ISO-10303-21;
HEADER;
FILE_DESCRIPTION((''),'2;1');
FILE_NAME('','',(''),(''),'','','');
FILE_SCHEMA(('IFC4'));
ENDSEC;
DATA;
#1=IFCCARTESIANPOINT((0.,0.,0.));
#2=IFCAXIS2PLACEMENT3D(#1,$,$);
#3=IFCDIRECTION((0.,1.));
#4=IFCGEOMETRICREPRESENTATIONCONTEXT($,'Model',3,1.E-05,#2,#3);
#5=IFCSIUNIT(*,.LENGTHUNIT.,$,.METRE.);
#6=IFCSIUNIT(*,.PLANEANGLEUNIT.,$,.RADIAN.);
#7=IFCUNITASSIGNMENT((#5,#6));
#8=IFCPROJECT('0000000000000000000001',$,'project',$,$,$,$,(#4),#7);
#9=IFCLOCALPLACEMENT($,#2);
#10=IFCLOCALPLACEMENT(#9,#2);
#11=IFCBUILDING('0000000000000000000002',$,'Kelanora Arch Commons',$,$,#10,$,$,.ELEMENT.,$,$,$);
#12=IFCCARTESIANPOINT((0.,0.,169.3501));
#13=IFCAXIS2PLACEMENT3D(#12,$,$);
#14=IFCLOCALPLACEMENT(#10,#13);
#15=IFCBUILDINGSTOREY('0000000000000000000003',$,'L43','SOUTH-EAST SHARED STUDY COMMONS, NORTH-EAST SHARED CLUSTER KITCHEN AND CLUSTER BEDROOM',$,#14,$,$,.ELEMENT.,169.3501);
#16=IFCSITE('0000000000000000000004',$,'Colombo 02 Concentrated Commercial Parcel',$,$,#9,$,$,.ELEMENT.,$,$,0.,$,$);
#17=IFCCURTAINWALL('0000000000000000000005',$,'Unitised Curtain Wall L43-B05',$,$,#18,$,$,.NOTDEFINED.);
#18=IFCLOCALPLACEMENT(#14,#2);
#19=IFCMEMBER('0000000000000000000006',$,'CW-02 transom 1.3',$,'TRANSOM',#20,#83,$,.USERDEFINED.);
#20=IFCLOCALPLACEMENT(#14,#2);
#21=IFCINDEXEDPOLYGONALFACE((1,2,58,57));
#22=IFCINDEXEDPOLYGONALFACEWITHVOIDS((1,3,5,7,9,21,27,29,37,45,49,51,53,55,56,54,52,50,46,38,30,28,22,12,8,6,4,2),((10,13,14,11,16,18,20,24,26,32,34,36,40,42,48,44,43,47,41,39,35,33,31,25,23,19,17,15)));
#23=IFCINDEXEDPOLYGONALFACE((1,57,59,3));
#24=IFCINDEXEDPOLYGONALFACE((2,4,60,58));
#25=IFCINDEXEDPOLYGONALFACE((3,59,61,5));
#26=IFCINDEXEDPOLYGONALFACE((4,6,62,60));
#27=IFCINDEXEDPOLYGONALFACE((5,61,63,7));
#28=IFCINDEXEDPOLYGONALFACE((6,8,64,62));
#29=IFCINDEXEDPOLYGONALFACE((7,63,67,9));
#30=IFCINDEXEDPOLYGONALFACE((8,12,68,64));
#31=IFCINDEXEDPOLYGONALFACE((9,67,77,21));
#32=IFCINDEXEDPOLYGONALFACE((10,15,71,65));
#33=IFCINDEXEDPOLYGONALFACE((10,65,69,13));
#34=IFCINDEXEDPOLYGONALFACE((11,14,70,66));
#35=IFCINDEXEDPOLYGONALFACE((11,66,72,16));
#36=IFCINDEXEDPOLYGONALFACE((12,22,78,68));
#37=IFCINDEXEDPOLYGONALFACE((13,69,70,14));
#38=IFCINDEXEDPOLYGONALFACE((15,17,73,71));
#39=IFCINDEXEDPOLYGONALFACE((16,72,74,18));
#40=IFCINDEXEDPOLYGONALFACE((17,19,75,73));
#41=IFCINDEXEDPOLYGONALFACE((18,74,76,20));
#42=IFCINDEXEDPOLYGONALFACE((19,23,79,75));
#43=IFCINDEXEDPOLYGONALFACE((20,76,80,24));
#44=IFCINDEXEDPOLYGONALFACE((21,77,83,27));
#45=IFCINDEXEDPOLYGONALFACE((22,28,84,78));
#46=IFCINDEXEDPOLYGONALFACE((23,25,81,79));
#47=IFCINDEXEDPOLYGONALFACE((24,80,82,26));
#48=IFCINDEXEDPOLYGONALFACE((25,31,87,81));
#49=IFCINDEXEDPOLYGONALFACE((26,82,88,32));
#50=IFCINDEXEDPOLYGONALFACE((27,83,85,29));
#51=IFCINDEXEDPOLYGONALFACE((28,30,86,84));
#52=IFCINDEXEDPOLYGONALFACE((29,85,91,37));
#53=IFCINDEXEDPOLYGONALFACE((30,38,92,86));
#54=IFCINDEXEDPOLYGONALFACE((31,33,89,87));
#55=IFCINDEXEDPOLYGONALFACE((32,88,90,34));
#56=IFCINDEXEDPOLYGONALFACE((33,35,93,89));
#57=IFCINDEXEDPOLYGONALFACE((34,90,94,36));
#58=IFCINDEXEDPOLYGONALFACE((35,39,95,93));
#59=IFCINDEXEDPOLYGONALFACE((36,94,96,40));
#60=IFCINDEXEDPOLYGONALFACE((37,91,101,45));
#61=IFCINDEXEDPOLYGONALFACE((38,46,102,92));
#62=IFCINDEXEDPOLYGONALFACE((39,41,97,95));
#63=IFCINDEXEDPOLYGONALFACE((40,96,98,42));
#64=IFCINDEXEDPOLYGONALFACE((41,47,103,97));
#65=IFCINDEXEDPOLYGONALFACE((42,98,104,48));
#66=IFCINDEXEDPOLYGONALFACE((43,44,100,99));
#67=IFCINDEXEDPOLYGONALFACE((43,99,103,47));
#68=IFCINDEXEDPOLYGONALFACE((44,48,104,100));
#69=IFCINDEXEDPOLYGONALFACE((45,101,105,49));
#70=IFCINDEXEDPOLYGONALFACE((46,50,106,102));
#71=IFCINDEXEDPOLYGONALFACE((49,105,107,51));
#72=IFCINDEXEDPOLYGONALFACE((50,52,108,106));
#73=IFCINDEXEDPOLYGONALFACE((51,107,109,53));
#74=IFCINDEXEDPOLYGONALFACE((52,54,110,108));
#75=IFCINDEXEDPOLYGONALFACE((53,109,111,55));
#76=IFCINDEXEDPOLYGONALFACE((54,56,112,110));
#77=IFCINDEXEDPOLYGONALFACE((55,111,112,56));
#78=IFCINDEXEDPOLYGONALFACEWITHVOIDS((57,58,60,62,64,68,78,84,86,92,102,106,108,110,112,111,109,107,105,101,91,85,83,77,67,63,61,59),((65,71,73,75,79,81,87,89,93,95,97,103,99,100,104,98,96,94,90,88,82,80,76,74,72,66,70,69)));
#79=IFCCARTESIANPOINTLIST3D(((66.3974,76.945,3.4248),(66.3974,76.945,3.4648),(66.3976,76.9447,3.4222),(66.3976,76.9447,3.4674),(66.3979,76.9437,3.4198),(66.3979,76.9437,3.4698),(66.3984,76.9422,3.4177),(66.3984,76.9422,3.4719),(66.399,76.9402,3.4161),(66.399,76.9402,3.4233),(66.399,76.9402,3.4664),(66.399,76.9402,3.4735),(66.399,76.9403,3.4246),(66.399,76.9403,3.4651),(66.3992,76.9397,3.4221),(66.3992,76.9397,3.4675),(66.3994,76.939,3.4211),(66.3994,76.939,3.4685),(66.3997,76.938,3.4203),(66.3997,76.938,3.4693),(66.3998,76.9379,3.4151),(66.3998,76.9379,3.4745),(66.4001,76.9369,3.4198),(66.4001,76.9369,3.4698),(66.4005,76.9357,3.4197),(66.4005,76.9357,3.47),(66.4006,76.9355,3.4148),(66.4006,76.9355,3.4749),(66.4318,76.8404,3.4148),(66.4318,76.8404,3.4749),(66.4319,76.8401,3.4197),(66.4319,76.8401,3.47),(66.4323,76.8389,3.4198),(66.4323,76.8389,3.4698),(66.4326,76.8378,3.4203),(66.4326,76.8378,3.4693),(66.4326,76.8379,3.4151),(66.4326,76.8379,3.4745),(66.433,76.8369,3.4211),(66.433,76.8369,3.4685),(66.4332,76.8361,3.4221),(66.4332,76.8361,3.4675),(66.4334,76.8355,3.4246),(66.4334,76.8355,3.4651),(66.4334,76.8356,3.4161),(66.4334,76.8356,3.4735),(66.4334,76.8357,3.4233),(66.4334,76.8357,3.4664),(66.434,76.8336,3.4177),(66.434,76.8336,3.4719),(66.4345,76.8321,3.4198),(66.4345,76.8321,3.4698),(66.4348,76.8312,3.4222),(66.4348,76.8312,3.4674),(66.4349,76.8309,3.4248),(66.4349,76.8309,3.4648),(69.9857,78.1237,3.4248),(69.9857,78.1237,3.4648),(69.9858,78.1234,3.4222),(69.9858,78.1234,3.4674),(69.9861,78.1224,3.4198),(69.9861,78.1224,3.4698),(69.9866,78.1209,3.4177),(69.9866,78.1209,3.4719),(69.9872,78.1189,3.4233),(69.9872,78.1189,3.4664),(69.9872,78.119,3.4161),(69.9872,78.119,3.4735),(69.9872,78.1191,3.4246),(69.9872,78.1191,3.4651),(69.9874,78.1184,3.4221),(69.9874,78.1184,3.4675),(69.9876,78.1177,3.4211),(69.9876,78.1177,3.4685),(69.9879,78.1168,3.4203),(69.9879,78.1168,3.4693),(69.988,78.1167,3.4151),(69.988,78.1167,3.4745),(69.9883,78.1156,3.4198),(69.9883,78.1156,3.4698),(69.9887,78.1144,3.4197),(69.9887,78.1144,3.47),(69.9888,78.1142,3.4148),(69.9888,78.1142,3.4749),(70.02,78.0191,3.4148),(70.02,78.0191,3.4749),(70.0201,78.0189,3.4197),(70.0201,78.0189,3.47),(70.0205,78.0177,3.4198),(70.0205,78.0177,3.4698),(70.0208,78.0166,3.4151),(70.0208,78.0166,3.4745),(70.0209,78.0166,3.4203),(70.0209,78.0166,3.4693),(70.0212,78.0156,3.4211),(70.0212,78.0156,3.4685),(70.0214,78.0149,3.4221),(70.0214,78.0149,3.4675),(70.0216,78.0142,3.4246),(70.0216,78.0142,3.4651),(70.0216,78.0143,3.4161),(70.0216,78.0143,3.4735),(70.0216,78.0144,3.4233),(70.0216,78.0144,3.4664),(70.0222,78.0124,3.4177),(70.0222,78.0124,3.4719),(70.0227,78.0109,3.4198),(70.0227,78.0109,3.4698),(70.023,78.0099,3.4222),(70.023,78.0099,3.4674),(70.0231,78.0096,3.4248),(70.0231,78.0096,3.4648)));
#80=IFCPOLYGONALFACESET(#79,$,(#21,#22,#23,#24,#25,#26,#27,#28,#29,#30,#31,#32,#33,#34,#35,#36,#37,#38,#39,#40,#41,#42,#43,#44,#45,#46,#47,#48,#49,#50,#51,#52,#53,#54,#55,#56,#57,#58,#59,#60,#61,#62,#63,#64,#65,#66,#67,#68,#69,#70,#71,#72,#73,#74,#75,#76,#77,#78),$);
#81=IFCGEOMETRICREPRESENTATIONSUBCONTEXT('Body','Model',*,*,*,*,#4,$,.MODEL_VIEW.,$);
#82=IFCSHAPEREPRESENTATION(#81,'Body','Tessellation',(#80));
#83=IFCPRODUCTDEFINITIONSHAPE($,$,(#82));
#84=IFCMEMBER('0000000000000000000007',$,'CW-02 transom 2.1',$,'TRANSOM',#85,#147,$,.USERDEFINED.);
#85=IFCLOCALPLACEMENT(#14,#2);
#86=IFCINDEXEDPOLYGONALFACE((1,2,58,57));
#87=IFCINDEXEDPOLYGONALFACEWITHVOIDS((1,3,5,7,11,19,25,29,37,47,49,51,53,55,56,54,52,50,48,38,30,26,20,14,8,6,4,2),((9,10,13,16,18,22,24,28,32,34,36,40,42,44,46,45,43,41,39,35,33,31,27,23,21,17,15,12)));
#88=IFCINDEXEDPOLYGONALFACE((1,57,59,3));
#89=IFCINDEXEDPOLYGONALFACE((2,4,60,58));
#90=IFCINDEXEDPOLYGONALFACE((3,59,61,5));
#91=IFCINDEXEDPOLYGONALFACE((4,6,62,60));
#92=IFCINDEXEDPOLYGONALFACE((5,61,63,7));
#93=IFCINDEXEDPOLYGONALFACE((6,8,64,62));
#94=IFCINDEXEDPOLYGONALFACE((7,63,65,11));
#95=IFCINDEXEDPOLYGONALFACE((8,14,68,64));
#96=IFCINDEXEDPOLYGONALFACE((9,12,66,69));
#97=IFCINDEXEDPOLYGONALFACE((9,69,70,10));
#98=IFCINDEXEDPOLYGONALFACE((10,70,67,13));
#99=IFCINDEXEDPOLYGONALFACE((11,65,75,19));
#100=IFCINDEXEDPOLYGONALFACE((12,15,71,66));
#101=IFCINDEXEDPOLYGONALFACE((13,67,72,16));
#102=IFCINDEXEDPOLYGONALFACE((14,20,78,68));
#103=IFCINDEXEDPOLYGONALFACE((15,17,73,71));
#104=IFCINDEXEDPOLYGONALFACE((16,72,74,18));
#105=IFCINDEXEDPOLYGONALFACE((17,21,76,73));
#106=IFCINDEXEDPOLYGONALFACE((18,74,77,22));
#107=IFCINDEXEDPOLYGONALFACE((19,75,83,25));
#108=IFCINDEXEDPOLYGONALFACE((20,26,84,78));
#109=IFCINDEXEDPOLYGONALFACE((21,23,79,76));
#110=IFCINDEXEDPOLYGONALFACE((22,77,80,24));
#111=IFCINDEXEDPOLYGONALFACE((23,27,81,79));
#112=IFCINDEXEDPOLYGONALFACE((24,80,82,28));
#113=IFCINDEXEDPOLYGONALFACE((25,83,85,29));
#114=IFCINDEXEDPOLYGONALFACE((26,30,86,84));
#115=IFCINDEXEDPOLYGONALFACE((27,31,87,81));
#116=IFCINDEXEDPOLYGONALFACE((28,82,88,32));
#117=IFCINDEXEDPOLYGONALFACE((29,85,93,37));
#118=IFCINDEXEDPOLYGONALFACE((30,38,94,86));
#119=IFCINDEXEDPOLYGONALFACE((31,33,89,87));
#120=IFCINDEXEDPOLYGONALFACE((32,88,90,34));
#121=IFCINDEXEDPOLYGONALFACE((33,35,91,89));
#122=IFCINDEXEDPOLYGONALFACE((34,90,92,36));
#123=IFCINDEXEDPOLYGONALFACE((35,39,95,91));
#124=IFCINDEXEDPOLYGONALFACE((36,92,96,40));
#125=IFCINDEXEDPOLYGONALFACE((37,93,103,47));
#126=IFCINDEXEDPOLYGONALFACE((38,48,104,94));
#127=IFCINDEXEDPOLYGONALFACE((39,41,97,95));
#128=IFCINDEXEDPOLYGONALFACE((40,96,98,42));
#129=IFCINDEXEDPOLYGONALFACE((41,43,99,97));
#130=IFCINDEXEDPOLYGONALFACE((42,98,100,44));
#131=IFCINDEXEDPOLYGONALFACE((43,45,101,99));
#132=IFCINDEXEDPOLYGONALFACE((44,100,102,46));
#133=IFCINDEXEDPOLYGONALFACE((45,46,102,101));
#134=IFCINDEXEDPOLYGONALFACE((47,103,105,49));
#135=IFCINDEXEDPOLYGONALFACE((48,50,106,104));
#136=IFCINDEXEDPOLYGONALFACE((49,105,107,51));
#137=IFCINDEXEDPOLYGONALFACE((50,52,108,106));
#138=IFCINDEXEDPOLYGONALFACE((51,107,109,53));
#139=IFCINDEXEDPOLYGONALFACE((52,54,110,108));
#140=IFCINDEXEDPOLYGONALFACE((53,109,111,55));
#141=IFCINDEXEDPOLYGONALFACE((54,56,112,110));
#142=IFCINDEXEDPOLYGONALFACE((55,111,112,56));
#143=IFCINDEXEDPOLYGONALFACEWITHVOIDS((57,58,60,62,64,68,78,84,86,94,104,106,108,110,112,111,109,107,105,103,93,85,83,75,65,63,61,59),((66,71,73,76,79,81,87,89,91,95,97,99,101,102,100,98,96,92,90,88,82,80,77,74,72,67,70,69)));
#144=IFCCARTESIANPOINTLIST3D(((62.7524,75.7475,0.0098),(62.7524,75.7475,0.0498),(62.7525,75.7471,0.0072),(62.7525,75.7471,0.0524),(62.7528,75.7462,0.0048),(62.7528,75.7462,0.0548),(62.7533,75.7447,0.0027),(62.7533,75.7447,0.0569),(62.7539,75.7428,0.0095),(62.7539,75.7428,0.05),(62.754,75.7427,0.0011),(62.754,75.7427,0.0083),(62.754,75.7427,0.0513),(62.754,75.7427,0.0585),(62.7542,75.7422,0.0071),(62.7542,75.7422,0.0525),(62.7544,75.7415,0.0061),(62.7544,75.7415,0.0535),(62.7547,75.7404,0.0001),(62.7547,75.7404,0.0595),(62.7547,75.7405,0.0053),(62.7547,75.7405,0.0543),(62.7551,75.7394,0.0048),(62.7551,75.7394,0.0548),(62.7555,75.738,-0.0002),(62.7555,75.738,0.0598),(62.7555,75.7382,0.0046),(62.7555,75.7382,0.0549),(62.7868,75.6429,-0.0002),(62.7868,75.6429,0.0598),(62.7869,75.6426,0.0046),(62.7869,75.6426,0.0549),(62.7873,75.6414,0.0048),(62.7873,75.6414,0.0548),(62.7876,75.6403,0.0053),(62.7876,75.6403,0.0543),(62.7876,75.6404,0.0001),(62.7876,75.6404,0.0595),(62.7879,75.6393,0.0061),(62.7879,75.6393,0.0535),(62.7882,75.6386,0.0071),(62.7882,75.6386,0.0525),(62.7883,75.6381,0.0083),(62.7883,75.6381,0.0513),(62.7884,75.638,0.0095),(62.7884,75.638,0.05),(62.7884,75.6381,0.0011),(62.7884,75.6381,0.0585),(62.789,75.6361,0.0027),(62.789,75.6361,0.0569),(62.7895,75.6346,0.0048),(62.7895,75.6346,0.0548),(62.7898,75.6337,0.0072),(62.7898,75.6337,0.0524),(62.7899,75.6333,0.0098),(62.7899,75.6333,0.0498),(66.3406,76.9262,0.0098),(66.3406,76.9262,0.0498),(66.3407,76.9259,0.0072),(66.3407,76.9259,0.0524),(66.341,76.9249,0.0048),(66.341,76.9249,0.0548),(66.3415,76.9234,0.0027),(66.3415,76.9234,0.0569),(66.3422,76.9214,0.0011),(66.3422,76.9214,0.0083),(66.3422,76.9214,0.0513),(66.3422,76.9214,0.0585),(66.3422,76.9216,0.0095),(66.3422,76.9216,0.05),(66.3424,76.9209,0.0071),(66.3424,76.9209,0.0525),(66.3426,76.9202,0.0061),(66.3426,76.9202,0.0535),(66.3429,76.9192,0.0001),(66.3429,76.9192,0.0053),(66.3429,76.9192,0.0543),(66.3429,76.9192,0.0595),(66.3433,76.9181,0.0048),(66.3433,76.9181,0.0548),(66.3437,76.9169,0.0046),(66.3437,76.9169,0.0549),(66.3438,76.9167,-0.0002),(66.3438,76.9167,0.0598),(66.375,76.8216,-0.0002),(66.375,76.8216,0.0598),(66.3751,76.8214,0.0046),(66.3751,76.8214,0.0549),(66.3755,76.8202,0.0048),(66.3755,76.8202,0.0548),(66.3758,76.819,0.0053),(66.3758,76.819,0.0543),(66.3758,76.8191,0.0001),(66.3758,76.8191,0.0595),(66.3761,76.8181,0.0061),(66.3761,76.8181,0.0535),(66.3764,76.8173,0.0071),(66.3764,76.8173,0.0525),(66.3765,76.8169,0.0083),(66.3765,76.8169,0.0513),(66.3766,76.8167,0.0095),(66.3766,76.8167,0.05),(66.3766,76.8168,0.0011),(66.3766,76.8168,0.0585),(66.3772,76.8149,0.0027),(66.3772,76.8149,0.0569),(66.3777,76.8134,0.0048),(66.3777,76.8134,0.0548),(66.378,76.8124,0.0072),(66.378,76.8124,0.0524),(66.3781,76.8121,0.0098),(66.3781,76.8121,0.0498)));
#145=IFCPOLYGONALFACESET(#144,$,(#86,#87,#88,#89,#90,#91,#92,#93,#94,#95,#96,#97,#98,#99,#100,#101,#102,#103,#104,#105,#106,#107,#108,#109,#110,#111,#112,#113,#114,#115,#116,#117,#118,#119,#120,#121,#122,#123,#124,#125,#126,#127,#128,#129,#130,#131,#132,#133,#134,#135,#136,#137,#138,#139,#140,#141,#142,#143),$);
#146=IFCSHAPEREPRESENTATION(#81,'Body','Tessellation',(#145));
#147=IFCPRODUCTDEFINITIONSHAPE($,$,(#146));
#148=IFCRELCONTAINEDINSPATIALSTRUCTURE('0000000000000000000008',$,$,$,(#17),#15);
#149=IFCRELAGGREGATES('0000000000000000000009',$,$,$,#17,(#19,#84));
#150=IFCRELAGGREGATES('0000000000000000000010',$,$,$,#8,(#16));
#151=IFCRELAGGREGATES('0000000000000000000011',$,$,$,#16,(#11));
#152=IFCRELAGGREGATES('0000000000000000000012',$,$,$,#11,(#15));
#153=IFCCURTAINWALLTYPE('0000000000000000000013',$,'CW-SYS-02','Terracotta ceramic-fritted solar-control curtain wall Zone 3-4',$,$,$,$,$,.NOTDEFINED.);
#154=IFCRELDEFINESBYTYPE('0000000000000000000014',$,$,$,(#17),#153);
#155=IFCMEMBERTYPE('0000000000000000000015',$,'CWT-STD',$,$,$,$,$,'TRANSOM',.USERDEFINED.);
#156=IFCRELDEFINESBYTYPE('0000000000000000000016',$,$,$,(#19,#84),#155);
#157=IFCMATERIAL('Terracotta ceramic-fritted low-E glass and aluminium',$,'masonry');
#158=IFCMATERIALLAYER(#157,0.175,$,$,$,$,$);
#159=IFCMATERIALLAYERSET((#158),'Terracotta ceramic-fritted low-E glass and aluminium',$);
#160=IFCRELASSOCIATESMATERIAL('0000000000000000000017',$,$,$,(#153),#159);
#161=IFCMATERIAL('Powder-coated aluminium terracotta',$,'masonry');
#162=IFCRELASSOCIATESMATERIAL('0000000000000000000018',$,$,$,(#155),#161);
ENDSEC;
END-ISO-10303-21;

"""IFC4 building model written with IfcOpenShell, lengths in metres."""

from ifc_helpers import new_model, si_unit, direction, frame, origin, origin_2d, place, context, subcontext, project, spatial, hollow_rectangle, extrude, material, layer, layer_set, material_profile, profile_set, type_object, element, aggregate, save


model = new_model("IFC4")

# Units and contexts
model_context = context("Model", 3, precision=1e-05, world=origin(), true_north=direction((0.0, 1.0)))
body_context = subcontext(model_context, "Body", "Model", "MODEL_VIEW")
ifc_project = project(units=[si_unit("LENGTHUNIT", "METRE"), si_unit("PLANEANGLEUNIT", "RADIAN")], contexts=[model_context])

# Site, building, storey
site_placement = place(None, origin())
site = spatial("IfcSite", under=ifc_project, at=site_placement, Name="Colombo 02 Concentrated Commercial Parcel", CompositionType="ELEMENT", RefElevation=0.0)
building_placement = place(site_placement, origin())
building = spatial("IfcBuilding", under=site, at=building_placement, Name="Kelanora Arch Commons", CompositionType="ELEMENT")
storey_placement = place(building_placement, frame((0.0, 0.0, 169.3501)))
storey = spatial("IfcBuildingStorey", under=building, at=storey_placement, Name="L43", Description="SOUTH-EAST SHARED STUDY COMMONS, NORTH-EAST SHARED CLUSTER KITCHEN AND CLUSTER BEDROOM", CompositionType="ELEMENT", Elevation=169.3501)

# Curtain wall, members
ifc_material_1 = material(Name="Terracotta ceramic-fritted low-E glass and aluminium", Category="masonry")
ifc_layer_1 = layer(ifc_material_1, 0.175)
ifc_layer_set_1 = layer_set([ifc_layer_1], Name="Terracotta ceramic-fritted low-E glass and aluminium")
curtain_wall_type = type_object("IfcCurtainWallType", Name="CW-SYS-02", Description="Terracotta ceramic-fritted solar-control curtain wall Zone 3-4", PredefinedType="NOTDEFINED", material=ifc_layer_set_1)
curtain_wall_placement = place(storey_placement, origin())
curtain_wall = element("IfcCurtainWall", 1, at=curtain_wall_placement, inside=storey, type_object=curtain_wall_type, Name="Unitised Curtain Wall L43-B05", PredefinedType="NOTDEFINED")
ifc_material_2 = material(Name="Powder-coated aluminium terracotta", Category="masonry")
ifc_material_profile_1 = material_profile(ifc_material_2, hollow_rectangle(XDim=0.1201, YDim=0.0601, WallThickness=0.0049, InnerFilletRadius=0.0049, OuterFilletRadius=0.01, at=origin_2d()), Name="CWT120x60")
ifc_profile_set_1 = profile_set([ifc_material_profile_1], Name="Powder-coated aluminium terracotta")
member_type_1 = type_object("IfcMemberType", Name="CWT-STD", ElementType="TRANSOM", PredefinedType="USERDEFINED", material=ifc_profile_set_1)
member_1_placement = place(storey_placement, frame((70.0044, 78.0667, 3.4448), z_axis=(-0.950051, -0.312094, 0.0), x_axis=(0.312094, -0.950051, 0.0)))
member_1 = element("IfcMember", 2, at=member_1_placement, type_object=member_type_1, Name="CW-02 transom 1.3", ObjectType="TRANSOM", PredefinedType="USERDEFINED", context=body_context, shape_type="SweptSolid", body=[
    extrude(hollow_rectangle(XDim=0.1201, YDim=0.0601, WallThickness=0.0049, InnerFilletRadius=0.0049, OuterFilletRadius=0.01, at=origin_2d()), origin(), (0.0, 0.0, 1.0), 3.7769),
])
member_2_placement = place(storey_placement, frame((66.3594, 76.8691, 0.0298), z_axis=(-0.950051, -0.312094, 0.0), x_axis=(0.312094, -0.950051, 0.0)))
member_2 = element("IfcMember", 3, at=member_2_placement, type_object=member_type_1, Name="CW-02 transom 2.1", ObjectType="TRANSOM", PredefinedType="USERDEFINED", context=body_context, shape_type="SweptSolid", body=[
    extrude(hollow_rectangle(XDim=0.1201, YDim=0.0601, WallThickness=0.0049, InnerFilletRadius=0.0049, OuterFilletRadius=0.01, at=origin_2d()), origin(), (0.0, 0.0, 1.0), 3.7769),
])
aggregate(curtain_wall, [member_1, member_2])

save(model, "model.ifc")
